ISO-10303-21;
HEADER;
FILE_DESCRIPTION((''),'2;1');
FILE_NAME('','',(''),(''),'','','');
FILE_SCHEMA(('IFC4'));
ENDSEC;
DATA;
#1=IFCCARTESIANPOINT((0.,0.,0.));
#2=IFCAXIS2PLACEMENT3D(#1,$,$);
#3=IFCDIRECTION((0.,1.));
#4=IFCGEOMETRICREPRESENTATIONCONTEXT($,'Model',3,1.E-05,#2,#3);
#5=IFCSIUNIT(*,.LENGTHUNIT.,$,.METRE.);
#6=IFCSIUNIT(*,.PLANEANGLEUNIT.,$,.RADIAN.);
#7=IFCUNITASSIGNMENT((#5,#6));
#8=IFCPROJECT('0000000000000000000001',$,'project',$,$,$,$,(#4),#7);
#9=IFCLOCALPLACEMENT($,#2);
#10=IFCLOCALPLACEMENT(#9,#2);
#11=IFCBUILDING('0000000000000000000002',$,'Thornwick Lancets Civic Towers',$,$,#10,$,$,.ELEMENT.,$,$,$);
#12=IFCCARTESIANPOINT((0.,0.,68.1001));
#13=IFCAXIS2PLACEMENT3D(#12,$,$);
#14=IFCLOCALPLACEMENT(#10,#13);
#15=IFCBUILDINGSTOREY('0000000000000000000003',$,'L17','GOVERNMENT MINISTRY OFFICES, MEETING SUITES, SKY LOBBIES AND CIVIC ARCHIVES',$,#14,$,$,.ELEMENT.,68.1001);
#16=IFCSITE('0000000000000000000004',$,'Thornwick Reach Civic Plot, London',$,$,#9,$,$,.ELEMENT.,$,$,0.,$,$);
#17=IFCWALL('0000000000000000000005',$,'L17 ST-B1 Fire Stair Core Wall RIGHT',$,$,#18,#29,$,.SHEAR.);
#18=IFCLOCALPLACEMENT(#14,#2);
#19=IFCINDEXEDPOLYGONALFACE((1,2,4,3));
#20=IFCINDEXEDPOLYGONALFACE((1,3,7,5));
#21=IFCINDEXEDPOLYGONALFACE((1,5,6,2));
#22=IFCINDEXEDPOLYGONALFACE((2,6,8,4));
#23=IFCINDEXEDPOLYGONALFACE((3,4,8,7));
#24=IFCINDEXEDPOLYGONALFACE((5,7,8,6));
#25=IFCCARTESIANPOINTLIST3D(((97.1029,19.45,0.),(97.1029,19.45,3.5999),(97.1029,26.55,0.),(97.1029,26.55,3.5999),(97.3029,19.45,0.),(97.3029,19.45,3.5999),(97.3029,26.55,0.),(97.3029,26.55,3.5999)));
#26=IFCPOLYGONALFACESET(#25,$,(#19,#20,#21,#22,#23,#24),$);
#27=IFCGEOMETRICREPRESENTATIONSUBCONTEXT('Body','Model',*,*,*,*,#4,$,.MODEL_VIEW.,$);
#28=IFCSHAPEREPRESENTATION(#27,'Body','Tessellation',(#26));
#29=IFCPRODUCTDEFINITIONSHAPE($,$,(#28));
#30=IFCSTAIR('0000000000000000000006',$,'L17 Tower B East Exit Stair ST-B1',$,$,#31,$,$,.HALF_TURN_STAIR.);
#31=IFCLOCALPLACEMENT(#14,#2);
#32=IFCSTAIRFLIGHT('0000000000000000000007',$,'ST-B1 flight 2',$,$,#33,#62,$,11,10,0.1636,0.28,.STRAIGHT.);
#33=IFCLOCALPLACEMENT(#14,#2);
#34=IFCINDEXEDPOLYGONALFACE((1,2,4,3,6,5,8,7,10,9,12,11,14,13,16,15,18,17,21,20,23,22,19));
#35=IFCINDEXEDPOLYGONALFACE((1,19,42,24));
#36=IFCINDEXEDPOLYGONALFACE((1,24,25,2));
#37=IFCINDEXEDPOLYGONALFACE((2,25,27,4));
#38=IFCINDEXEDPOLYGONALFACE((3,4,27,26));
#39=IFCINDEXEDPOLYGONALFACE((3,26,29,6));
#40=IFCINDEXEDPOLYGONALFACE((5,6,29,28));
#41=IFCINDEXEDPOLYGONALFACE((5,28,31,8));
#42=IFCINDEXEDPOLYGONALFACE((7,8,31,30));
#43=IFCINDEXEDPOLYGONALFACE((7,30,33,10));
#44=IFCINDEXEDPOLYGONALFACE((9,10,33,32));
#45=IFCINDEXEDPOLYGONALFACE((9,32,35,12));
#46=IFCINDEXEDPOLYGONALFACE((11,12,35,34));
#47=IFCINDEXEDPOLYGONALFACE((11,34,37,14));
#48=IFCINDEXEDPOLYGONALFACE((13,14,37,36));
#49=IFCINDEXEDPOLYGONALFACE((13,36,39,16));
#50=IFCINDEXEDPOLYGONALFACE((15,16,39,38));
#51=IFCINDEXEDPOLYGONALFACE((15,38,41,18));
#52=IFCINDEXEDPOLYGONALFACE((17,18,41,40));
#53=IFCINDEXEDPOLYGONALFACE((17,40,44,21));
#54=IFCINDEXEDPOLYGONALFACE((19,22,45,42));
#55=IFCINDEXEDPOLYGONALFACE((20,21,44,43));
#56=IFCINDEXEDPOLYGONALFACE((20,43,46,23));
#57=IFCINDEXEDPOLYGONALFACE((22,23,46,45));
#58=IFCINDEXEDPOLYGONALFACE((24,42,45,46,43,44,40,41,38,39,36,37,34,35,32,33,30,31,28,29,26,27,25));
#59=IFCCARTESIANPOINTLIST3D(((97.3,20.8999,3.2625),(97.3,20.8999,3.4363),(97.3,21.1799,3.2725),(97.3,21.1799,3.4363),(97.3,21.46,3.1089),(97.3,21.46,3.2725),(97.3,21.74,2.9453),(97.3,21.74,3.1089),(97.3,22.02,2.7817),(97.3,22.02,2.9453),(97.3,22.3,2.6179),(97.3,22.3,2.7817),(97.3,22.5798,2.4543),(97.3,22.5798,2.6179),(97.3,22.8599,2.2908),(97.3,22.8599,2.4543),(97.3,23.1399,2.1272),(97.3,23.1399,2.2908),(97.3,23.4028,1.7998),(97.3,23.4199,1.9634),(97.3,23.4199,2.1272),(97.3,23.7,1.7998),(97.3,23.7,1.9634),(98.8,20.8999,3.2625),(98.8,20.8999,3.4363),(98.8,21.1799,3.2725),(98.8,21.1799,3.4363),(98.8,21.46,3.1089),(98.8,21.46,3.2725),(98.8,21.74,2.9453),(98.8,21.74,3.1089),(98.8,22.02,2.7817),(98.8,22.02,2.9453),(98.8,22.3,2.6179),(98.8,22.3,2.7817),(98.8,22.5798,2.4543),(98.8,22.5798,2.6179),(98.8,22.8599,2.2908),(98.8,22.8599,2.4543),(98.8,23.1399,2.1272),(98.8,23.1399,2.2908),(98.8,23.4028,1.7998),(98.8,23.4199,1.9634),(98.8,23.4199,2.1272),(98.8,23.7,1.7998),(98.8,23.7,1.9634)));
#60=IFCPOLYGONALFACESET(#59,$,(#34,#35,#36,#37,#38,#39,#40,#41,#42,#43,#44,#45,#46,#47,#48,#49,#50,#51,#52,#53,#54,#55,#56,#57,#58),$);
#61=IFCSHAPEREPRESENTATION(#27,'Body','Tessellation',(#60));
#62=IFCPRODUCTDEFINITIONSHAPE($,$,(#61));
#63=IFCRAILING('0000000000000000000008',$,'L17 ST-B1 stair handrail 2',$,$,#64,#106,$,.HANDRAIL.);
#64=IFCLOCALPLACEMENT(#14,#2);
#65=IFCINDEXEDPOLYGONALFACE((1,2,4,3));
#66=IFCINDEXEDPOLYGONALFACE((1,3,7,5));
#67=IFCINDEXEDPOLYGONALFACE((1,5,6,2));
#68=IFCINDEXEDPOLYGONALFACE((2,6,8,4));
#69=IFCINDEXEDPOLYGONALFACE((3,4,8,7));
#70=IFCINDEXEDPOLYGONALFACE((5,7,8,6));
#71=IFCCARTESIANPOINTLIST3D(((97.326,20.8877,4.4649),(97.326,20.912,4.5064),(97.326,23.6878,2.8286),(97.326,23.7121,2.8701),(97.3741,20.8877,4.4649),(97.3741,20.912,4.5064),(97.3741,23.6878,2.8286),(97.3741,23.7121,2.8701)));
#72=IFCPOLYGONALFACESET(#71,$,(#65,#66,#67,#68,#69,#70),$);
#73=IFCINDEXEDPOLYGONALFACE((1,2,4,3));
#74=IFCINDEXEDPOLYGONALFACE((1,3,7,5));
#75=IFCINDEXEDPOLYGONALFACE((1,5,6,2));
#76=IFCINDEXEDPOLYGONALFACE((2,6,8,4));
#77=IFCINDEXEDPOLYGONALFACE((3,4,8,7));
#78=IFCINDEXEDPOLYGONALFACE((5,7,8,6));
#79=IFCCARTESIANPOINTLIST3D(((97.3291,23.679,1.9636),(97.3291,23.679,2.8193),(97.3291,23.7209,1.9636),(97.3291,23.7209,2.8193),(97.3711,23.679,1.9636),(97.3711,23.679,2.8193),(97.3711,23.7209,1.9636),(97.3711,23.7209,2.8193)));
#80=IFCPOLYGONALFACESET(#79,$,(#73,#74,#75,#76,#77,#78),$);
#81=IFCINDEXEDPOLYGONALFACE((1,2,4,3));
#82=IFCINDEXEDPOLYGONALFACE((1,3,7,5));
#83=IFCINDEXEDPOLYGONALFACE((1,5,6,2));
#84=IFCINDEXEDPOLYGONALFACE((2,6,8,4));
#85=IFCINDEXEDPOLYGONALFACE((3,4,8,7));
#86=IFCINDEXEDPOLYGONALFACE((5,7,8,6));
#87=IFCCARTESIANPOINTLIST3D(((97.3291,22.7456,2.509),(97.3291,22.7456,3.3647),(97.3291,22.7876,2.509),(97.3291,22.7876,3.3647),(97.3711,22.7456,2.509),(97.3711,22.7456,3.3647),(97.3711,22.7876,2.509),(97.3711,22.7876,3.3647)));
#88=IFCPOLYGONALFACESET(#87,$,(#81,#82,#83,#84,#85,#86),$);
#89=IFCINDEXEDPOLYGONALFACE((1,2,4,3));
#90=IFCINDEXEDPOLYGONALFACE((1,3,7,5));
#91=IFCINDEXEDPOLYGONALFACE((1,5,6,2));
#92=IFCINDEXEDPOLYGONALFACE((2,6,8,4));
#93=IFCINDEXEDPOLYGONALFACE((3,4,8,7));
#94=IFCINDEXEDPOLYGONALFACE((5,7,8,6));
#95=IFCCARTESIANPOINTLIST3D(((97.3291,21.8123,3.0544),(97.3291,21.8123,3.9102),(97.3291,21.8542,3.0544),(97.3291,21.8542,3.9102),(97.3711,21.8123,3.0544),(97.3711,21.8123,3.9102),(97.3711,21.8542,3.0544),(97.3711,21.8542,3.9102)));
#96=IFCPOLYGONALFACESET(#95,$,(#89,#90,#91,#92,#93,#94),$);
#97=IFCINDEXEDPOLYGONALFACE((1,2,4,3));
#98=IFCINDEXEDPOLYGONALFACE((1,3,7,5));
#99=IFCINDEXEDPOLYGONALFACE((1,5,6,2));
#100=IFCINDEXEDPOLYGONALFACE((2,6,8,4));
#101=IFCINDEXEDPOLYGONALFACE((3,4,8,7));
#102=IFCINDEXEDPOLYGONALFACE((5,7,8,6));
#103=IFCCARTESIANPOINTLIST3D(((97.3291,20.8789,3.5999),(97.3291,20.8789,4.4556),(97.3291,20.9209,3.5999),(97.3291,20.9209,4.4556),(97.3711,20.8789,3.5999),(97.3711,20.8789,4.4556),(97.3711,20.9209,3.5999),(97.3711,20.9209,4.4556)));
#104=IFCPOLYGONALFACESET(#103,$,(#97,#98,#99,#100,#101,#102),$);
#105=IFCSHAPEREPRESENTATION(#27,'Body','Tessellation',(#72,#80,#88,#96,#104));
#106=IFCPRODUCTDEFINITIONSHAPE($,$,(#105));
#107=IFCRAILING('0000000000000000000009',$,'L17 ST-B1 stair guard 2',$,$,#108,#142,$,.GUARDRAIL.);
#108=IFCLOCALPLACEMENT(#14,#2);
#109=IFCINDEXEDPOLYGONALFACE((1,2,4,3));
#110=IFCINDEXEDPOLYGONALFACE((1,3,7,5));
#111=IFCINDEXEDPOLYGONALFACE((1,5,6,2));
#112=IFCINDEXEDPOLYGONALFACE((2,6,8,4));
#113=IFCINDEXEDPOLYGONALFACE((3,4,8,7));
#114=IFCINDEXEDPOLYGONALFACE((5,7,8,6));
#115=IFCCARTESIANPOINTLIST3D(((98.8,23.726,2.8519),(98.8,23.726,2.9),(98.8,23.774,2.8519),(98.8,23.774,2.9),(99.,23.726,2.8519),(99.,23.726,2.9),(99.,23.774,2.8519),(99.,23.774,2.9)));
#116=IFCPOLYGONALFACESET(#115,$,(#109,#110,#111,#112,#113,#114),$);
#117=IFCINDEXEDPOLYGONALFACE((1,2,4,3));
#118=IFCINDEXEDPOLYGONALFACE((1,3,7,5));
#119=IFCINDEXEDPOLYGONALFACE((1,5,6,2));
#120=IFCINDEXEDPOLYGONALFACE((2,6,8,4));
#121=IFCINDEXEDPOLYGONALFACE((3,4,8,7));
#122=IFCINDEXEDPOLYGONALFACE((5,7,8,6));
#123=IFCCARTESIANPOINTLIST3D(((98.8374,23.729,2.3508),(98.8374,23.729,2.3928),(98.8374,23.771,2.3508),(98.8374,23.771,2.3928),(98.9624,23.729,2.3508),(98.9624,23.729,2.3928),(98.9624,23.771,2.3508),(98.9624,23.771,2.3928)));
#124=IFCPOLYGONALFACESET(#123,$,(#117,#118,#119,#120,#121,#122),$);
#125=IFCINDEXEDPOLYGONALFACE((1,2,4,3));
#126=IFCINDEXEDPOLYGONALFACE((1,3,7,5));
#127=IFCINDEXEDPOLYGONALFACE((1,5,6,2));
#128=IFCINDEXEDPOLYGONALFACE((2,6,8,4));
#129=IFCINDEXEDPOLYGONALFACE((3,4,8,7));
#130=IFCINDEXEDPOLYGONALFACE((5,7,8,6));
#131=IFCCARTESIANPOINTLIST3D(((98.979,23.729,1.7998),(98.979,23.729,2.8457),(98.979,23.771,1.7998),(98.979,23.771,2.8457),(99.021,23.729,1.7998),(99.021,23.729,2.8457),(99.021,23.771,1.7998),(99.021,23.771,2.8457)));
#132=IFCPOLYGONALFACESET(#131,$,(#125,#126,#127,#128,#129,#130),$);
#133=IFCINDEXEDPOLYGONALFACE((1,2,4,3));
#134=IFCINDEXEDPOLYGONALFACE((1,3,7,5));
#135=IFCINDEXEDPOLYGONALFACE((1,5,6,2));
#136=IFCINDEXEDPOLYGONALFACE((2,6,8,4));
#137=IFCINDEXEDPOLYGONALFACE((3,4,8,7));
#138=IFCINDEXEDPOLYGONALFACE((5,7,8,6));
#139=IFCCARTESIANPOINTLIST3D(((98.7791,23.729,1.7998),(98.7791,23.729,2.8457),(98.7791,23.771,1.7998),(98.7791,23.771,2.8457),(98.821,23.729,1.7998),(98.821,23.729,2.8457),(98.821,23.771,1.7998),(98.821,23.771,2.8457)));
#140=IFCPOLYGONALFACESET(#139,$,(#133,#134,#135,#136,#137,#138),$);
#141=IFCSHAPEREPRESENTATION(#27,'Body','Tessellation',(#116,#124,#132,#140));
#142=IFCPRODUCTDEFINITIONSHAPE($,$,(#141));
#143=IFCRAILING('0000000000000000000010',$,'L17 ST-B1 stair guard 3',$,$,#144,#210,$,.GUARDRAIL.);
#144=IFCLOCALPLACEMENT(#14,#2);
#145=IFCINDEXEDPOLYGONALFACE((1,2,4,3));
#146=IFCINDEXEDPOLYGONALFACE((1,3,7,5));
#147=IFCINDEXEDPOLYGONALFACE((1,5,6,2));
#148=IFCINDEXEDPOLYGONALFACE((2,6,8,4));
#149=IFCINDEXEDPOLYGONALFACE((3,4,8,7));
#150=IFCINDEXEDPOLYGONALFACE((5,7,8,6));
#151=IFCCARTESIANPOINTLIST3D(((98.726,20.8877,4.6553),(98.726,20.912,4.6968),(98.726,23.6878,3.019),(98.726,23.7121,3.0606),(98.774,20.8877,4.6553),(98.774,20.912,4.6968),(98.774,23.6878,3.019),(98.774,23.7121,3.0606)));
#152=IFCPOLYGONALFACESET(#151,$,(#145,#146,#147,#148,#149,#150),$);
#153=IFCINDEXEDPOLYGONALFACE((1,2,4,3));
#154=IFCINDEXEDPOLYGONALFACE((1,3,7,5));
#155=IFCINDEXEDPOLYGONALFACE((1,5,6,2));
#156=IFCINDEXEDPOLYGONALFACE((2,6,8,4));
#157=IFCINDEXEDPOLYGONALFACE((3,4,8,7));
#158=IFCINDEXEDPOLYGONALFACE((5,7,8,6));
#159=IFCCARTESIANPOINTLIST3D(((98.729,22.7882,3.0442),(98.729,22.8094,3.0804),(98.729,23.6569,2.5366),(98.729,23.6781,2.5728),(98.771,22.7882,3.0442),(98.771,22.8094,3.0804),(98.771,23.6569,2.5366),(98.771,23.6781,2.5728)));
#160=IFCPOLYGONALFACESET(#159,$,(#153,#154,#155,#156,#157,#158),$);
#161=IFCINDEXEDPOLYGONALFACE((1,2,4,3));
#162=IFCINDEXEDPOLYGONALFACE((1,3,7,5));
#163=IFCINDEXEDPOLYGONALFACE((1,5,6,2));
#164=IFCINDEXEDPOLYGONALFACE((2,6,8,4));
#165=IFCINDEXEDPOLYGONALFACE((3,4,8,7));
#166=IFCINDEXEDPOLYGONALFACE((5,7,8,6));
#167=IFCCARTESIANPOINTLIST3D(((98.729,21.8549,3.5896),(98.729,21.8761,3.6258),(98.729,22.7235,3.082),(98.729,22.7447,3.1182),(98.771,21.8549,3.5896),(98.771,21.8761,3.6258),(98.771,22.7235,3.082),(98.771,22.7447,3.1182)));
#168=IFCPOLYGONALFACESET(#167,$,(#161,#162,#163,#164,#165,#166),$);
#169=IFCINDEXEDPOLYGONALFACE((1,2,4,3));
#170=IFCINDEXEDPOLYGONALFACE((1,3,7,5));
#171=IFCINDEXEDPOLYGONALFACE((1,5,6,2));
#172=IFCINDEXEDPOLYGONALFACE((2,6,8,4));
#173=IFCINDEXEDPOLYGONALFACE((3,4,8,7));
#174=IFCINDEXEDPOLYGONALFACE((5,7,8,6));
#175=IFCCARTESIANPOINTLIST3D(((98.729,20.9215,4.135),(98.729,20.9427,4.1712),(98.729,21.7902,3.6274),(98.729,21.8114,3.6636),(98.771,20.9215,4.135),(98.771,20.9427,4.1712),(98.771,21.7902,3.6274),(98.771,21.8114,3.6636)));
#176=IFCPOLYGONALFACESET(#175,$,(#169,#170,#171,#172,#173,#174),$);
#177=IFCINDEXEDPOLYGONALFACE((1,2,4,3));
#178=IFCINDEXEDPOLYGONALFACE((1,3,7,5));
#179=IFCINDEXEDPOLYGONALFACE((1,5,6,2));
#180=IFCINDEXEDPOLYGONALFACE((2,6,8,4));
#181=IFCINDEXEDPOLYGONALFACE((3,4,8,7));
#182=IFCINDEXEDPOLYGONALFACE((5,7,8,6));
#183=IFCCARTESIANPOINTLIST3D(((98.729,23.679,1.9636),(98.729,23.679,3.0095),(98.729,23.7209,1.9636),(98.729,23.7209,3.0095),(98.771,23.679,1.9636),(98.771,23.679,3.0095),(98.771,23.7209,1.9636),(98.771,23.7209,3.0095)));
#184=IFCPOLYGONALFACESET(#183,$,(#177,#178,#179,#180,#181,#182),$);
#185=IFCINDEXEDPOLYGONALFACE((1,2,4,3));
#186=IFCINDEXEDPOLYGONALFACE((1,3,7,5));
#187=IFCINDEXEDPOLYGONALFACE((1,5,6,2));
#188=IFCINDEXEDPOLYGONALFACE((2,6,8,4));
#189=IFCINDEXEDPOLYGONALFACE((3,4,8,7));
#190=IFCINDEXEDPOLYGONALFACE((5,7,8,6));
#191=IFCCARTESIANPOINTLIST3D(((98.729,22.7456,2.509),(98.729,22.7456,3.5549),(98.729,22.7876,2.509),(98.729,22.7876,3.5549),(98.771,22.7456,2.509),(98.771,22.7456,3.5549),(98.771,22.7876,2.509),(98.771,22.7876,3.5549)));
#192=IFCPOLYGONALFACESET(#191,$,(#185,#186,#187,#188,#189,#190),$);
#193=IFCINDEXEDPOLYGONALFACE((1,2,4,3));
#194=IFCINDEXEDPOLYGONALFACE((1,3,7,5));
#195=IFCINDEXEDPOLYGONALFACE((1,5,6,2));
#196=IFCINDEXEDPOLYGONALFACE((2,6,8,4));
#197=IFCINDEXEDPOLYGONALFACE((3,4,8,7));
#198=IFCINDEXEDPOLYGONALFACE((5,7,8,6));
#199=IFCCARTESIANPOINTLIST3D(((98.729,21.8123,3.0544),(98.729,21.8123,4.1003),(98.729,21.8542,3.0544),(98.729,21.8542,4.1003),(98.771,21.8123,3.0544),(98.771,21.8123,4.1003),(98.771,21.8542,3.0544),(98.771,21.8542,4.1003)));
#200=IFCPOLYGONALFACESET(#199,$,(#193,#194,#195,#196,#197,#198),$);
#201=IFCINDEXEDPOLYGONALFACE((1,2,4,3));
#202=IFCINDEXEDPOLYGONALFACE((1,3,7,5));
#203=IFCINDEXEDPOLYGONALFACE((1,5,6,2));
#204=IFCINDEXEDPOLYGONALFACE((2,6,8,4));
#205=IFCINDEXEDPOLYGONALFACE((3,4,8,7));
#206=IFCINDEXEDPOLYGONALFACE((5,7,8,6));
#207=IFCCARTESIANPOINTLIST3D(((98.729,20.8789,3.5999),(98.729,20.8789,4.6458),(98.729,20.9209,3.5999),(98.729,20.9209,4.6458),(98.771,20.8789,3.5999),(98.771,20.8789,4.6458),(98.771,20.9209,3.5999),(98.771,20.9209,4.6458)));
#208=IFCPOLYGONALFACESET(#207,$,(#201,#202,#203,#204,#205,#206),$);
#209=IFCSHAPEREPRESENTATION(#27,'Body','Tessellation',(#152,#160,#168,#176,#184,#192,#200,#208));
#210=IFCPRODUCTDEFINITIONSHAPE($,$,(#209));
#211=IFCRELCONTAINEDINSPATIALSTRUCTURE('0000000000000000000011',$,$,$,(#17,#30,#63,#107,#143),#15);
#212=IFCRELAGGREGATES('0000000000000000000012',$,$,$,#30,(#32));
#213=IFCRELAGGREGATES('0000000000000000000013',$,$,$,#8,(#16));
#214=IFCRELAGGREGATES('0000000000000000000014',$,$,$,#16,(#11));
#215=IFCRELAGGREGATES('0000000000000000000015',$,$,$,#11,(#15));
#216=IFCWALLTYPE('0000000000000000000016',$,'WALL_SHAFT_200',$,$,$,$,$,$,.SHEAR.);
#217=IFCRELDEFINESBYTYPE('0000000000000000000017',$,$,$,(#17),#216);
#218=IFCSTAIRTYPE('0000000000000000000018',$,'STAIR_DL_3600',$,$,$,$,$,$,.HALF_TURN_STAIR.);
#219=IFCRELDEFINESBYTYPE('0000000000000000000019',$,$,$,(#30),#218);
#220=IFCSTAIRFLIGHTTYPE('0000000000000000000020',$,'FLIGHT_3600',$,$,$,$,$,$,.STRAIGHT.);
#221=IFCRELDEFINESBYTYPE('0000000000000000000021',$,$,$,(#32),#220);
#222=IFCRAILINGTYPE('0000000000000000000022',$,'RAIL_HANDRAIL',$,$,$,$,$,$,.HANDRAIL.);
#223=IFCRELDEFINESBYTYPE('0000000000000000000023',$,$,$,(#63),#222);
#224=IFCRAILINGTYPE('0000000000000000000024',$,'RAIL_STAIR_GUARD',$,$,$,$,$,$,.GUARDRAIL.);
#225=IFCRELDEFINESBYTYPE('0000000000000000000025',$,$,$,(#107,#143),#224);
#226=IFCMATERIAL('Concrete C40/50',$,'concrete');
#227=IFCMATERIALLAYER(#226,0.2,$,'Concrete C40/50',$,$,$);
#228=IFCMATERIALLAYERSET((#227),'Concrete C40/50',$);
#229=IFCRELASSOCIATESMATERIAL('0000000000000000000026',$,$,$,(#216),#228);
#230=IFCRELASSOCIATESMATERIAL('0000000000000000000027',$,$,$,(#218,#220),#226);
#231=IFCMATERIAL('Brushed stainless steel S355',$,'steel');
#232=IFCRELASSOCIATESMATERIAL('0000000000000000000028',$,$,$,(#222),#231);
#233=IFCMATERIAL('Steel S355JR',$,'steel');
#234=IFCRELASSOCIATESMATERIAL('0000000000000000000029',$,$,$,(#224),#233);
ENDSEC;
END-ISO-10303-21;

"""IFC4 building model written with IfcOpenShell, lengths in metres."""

from ifc_helpers import new_model, si_unit, direction, frame, frame_2d, origin, origin_2d, place, context, subcontext, project, spatial, polyline, rectangle, outline, extrude, material, layer, layer_set, type_object, element, aggregate, save


model = new_model("IFC4")

# Units and contexts
model_context = context("Model", 3, precision=1e-05, world=origin(), true_north=direction((0.0, 1.0)))
body_context = subcontext(model_context, "Body", "Model", "MODEL_VIEW")
ifc_project = project(units=[si_unit("LENGTHUNIT", "METRE"), si_unit("PLANEANGLEUNIT", "RADIAN")], contexts=[model_context])

# Site, building, storey
site_placement = place(None, origin())
site = spatial("IfcSite", under=ifc_project, at=site_placement, Name="Thornwick Reach Civic Plot, London", CompositionType="ELEMENT", RefElevation=0.0)
building_placement = place(site_placement, origin())
building = spatial("IfcBuilding", under=site, at=building_placement, Name="Thornwick Lancets Civic Towers", CompositionType="ELEMENT")
storey_placement = place(building_placement, frame((0.0, 0.0, 68.1001)))
storey = spatial("IfcBuildingStorey", under=building, at=storey_placement, Name="L17", Description="GOVERNMENT MINISTRY OFFICES, MEETING SUITES, SKY LOBBIES AND CIVIC ARCHIVES", CompositionType="ELEMENT", Elevation=68.1001)

# Wall
ifc_material_1 = material(Name="Concrete C40/50", Category="concrete")
ifc_layer_1 = layer(ifc_material_1, 0.2, Name="Concrete C40/50")
ifc_layer_set_1 = layer_set([ifc_layer_1], Name="Concrete C40/50")
wall_type_1 = type_object("IfcWallType", Name="WALL_SHAFT_200", PredefinedType="SHEAR", material=ifc_layer_set_1)
wall_1_placement = place(storey_placement, frame((97.2029, 26.55, 0.0), z_axis=(0.0, 0.0, 1.0), x_axis=(0.0, -1.0, 0.0)))
element("IfcWall", 1, at=wall_1_placement, inside=storey, type_object=wall_type_1, Name="L17 ST-B1 Fire Stair Core Wall RIGHT", PredefinedType="SHEAR", context=body_context, shape_type="SweptSolid", body=[
    extrude(rectangle(XDim=7.1001, YDim=0.2, at=frame_2d((3.55, 0.0))), origin(), (0.0, 0.0, 1.0), 3.5999),
])

# Stair, stair flight
stair_type = type_object("IfcStairType", Name="STAIR_DL_3600", PredefinedType="HALF_TURN_STAIR", material=ifc_material_1)
stair_placement = place(storey_placement, origin())
stair = element("IfcStair", 2, at=stair_placement, inside=storey, type_object=stair_type, Name="L17 Tower B East Exit Stair ST-B1", PredefinedType="HALF_TURN_STAIR")
stair_flight_type = type_object("IfcStairFlightType", Name="FLIGHT_3600", PredefinedType="STRAIGHT", material=ifc_material_1)
stair_flight_placement = place(storey_placement, frame((98.05, 23.7, 1.7998), z_axis=(0.0, 0.0, 1.0), x_axis=(0.0, -1.0, 0.0)))
stair_flight = element("IfcStairFlight", 3, at=stair_flight_placement, type_object=stair_flight_type, Name="ST-B1 flight 2", NumberOfRisers=11, NumberOfTreads=10, PredefinedType="STRAIGHT", RiserHeight=0.1636, TreadLength=0.28, context=body_context, shape_type="SweptSolid", body=[
    extrude(outline(polyline([(0.0, 0.0), (0.0, 0.1636), (0.28, 0.1636), (0.28, 0.3274), (0.5601, 0.3274), (0.5601, 0.491), (0.8401, 0.491), (0.8401, 0.6545), (1.1201, 0.6545), (1.1201, 0.8181), (1.3999, 0.8181), (1.3999, 0.9819), (1.6799, 0.9819), (1.6799, 1.1455), (1.96, 1.1455), (1.96, 1.3091), (2.24, 1.3091), (2.24, 1.4727), (2.52, 1.4727), (2.52, 1.6365), (2.8, 1.6365), (2.8, 1.8), (2.8, 1.4626), (0.2971, 0.0), (0.0, 0.0)])), frame((0.0, 0.75, 0.0), z_axis=(0.0, -1.0, 0.0), x_axis=(1.0, 0.0, 0.0)), (0.0, 0.0, 1.0), 1.5),
])
aggregate(stair, [stair_flight])

# Railings
ifc_material_2 = material(Name="Brushed stainless steel S355", Category="steel")
railing_type_1 = type_object("IfcRailingType", Name="RAIL_HANDRAIL", PredefinedType="HANDRAIL", material=ifc_material_2)
railing_1_placement = place(storey_placement, frame((97.3501, 23.7, 1.9636)))
element("IfcRailing", 4, at=railing_1_placement, inside=storey, type_object=railing_type_1, Name="L17 ST-B1 stair handrail 2", PredefinedType="HANDRAIL", context=body_context, shape_type="SweptSolid", body=[
    extrude(rectangle(XDim=0.0481, YDim=0.0481, at=origin_2d()), frame((0.0, 0.0, 0.8857), z_axis=(0.0, -0.863394, 0.504531), x_axis=(1.0, 0.0, 0.0)), (0.0, 0.0, 1.0), 3.2432),
    extrude(rectangle(XDim=0.042, YDim=0.042, at=origin_2d()), origin(), (0.0, 0.0, 1.0), 0.8557),
    extrude(rectangle(XDim=0.042, YDim=0.042, at=origin_2d()), frame((0.0, -0.9333, 0.5454)), (0.0, 0.0, 1.0), 0.8557),
    extrude(rectangle(XDim=0.042, YDim=0.042, at=origin_2d()), frame((0.0, -1.8667, 1.0908)), (0.0, 0.0, 1.0), 0.8557),
    extrude(rectangle(XDim=0.042, YDim=0.042, at=origin_2d()), frame((0.0, -2.8, 1.6362)), (0.0, 0.0, 1.0), 0.8557),
])
ifc_material_3 = material(Name="Steel S355JR", Category="steel")
railing_type_2 = type_object("IfcRailingType", Name="RAIL_STAIR_GUARD", PredefinedType="GUARDRAIL", material=ifc_material_3)
railing_2_placement = place(storey_placement, frame((99.0, 23.75, 1.7998)))
element("IfcRailing", 5, at=railing_2_placement, inside=storey, type_object=railing_type_2, Name="L17 ST-B1 stair guard 2", PredefinedType="GUARDRAIL", context=body_context, shape_type="SweptSolid", body=[
    extrude(rectangle(XDim=0.0481, YDim=0.0481, at=origin_2d()), frame((0.0, 0.0, 1.0762), z_axis=(-1.0, 0.0, 0.0), x_axis=(0.0, -1.0, 0.0)), (0.0, 0.0, 1.0), 0.2),
    extrude(rectangle(XDim=0.042, YDim=0.042, at=origin_2d()), frame((-0.0376, 0.0, 0.572), z_axis=(-1.0, 0.0, 0.0), x_axis=(0.0, -1.0, 0.0)), (0.0, 0.0, 1.0), 0.125),
    extrude(rectangle(XDim=0.042, YDim=0.042, at=origin_2d()), origin(), (0.0, 0.0, 1.0), 1.0459),
    extrude(rectangle(XDim=0.042, YDim=0.042, at=origin_2d()), frame((-0.2, 0.0, 0.0)), (0.0, 0.0, 1.0), 1.0459),
])
railing_3_placement = place(storey_placement, frame((98.75, 23.7, 1.9636)))
element("IfcRailing", 6, at=railing_3_placement, inside=storey, type_object=railing_type_2, Name="L17 ST-B1 stair guard 3", PredefinedType="GUARDRAIL", context=body_context, shape_type="SweptSolid", body=[
    extrude(rectangle(XDim=0.0481, YDim=0.0481, at=origin_2d()), frame((0.0, 0.0, 1.0762), z_axis=(0.0, -0.863394, 0.504531), x_axis=(1.0, 0.0, 0.0)), (0.0, 0.0, 1.0), 3.2432),
    extrude(rectangle(XDim=0.042, YDim=0.042, at=origin_2d()), frame((0.0, -0.0325, 0.5911), z_axis=(0.0, -0.863394, 0.504531), x_axis=(1.0, 0.0, 0.0)), (0.0, 0.0, 1.0), 1.0061),
    extrude(rectangle(XDim=0.042, YDim=0.042, at=origin_2d()), frame((0.0, -0.9658, 1.1365), z_axis=(0.0, -0.863394, 0.504531), x_axis=(1.0, 0.0, 0.0)), (0.0, 0.0, 1.0), 1.0061),
    extrude(rectangle(XDim=0.042, YDim=0.042, at=origin_2d()), frame((0.0, -1.8992, 1.6819), z_axis=(0.0, -0.863394, 0.504531), x_axis=(1.0, 0.0, 0.0)), (0.0, 0.0, 1.0), 1.0061),
    extrude(rectangle(XDim=0.042, YDim=0.042, at=origin_2d()), origin(), (0.0, 0.0, 1.0), 1.0459),
    extrude(rectangle(XDim=0.042, YDim=0.042, at=origin_2d()), frame((0.0, -0.9333, 0.5454)), (0.0, 0.0, 1.0), 1.0459),
    extrude(rectangle(XDim=0.042, YDim=0.042, at=origin_2d()), frame((0.0, -1.8667, 1.0908)), (0.0, 0.0, 1.0), 1.0459),
    extrude(rectangle(XDim=0.042, YDim=0.042, at=origin_2d()), frame((0.0, -2.8, 1.6362)), (0.0, 0.0, 1.0), 1.0459),
])

save(model, "model.ifc")
